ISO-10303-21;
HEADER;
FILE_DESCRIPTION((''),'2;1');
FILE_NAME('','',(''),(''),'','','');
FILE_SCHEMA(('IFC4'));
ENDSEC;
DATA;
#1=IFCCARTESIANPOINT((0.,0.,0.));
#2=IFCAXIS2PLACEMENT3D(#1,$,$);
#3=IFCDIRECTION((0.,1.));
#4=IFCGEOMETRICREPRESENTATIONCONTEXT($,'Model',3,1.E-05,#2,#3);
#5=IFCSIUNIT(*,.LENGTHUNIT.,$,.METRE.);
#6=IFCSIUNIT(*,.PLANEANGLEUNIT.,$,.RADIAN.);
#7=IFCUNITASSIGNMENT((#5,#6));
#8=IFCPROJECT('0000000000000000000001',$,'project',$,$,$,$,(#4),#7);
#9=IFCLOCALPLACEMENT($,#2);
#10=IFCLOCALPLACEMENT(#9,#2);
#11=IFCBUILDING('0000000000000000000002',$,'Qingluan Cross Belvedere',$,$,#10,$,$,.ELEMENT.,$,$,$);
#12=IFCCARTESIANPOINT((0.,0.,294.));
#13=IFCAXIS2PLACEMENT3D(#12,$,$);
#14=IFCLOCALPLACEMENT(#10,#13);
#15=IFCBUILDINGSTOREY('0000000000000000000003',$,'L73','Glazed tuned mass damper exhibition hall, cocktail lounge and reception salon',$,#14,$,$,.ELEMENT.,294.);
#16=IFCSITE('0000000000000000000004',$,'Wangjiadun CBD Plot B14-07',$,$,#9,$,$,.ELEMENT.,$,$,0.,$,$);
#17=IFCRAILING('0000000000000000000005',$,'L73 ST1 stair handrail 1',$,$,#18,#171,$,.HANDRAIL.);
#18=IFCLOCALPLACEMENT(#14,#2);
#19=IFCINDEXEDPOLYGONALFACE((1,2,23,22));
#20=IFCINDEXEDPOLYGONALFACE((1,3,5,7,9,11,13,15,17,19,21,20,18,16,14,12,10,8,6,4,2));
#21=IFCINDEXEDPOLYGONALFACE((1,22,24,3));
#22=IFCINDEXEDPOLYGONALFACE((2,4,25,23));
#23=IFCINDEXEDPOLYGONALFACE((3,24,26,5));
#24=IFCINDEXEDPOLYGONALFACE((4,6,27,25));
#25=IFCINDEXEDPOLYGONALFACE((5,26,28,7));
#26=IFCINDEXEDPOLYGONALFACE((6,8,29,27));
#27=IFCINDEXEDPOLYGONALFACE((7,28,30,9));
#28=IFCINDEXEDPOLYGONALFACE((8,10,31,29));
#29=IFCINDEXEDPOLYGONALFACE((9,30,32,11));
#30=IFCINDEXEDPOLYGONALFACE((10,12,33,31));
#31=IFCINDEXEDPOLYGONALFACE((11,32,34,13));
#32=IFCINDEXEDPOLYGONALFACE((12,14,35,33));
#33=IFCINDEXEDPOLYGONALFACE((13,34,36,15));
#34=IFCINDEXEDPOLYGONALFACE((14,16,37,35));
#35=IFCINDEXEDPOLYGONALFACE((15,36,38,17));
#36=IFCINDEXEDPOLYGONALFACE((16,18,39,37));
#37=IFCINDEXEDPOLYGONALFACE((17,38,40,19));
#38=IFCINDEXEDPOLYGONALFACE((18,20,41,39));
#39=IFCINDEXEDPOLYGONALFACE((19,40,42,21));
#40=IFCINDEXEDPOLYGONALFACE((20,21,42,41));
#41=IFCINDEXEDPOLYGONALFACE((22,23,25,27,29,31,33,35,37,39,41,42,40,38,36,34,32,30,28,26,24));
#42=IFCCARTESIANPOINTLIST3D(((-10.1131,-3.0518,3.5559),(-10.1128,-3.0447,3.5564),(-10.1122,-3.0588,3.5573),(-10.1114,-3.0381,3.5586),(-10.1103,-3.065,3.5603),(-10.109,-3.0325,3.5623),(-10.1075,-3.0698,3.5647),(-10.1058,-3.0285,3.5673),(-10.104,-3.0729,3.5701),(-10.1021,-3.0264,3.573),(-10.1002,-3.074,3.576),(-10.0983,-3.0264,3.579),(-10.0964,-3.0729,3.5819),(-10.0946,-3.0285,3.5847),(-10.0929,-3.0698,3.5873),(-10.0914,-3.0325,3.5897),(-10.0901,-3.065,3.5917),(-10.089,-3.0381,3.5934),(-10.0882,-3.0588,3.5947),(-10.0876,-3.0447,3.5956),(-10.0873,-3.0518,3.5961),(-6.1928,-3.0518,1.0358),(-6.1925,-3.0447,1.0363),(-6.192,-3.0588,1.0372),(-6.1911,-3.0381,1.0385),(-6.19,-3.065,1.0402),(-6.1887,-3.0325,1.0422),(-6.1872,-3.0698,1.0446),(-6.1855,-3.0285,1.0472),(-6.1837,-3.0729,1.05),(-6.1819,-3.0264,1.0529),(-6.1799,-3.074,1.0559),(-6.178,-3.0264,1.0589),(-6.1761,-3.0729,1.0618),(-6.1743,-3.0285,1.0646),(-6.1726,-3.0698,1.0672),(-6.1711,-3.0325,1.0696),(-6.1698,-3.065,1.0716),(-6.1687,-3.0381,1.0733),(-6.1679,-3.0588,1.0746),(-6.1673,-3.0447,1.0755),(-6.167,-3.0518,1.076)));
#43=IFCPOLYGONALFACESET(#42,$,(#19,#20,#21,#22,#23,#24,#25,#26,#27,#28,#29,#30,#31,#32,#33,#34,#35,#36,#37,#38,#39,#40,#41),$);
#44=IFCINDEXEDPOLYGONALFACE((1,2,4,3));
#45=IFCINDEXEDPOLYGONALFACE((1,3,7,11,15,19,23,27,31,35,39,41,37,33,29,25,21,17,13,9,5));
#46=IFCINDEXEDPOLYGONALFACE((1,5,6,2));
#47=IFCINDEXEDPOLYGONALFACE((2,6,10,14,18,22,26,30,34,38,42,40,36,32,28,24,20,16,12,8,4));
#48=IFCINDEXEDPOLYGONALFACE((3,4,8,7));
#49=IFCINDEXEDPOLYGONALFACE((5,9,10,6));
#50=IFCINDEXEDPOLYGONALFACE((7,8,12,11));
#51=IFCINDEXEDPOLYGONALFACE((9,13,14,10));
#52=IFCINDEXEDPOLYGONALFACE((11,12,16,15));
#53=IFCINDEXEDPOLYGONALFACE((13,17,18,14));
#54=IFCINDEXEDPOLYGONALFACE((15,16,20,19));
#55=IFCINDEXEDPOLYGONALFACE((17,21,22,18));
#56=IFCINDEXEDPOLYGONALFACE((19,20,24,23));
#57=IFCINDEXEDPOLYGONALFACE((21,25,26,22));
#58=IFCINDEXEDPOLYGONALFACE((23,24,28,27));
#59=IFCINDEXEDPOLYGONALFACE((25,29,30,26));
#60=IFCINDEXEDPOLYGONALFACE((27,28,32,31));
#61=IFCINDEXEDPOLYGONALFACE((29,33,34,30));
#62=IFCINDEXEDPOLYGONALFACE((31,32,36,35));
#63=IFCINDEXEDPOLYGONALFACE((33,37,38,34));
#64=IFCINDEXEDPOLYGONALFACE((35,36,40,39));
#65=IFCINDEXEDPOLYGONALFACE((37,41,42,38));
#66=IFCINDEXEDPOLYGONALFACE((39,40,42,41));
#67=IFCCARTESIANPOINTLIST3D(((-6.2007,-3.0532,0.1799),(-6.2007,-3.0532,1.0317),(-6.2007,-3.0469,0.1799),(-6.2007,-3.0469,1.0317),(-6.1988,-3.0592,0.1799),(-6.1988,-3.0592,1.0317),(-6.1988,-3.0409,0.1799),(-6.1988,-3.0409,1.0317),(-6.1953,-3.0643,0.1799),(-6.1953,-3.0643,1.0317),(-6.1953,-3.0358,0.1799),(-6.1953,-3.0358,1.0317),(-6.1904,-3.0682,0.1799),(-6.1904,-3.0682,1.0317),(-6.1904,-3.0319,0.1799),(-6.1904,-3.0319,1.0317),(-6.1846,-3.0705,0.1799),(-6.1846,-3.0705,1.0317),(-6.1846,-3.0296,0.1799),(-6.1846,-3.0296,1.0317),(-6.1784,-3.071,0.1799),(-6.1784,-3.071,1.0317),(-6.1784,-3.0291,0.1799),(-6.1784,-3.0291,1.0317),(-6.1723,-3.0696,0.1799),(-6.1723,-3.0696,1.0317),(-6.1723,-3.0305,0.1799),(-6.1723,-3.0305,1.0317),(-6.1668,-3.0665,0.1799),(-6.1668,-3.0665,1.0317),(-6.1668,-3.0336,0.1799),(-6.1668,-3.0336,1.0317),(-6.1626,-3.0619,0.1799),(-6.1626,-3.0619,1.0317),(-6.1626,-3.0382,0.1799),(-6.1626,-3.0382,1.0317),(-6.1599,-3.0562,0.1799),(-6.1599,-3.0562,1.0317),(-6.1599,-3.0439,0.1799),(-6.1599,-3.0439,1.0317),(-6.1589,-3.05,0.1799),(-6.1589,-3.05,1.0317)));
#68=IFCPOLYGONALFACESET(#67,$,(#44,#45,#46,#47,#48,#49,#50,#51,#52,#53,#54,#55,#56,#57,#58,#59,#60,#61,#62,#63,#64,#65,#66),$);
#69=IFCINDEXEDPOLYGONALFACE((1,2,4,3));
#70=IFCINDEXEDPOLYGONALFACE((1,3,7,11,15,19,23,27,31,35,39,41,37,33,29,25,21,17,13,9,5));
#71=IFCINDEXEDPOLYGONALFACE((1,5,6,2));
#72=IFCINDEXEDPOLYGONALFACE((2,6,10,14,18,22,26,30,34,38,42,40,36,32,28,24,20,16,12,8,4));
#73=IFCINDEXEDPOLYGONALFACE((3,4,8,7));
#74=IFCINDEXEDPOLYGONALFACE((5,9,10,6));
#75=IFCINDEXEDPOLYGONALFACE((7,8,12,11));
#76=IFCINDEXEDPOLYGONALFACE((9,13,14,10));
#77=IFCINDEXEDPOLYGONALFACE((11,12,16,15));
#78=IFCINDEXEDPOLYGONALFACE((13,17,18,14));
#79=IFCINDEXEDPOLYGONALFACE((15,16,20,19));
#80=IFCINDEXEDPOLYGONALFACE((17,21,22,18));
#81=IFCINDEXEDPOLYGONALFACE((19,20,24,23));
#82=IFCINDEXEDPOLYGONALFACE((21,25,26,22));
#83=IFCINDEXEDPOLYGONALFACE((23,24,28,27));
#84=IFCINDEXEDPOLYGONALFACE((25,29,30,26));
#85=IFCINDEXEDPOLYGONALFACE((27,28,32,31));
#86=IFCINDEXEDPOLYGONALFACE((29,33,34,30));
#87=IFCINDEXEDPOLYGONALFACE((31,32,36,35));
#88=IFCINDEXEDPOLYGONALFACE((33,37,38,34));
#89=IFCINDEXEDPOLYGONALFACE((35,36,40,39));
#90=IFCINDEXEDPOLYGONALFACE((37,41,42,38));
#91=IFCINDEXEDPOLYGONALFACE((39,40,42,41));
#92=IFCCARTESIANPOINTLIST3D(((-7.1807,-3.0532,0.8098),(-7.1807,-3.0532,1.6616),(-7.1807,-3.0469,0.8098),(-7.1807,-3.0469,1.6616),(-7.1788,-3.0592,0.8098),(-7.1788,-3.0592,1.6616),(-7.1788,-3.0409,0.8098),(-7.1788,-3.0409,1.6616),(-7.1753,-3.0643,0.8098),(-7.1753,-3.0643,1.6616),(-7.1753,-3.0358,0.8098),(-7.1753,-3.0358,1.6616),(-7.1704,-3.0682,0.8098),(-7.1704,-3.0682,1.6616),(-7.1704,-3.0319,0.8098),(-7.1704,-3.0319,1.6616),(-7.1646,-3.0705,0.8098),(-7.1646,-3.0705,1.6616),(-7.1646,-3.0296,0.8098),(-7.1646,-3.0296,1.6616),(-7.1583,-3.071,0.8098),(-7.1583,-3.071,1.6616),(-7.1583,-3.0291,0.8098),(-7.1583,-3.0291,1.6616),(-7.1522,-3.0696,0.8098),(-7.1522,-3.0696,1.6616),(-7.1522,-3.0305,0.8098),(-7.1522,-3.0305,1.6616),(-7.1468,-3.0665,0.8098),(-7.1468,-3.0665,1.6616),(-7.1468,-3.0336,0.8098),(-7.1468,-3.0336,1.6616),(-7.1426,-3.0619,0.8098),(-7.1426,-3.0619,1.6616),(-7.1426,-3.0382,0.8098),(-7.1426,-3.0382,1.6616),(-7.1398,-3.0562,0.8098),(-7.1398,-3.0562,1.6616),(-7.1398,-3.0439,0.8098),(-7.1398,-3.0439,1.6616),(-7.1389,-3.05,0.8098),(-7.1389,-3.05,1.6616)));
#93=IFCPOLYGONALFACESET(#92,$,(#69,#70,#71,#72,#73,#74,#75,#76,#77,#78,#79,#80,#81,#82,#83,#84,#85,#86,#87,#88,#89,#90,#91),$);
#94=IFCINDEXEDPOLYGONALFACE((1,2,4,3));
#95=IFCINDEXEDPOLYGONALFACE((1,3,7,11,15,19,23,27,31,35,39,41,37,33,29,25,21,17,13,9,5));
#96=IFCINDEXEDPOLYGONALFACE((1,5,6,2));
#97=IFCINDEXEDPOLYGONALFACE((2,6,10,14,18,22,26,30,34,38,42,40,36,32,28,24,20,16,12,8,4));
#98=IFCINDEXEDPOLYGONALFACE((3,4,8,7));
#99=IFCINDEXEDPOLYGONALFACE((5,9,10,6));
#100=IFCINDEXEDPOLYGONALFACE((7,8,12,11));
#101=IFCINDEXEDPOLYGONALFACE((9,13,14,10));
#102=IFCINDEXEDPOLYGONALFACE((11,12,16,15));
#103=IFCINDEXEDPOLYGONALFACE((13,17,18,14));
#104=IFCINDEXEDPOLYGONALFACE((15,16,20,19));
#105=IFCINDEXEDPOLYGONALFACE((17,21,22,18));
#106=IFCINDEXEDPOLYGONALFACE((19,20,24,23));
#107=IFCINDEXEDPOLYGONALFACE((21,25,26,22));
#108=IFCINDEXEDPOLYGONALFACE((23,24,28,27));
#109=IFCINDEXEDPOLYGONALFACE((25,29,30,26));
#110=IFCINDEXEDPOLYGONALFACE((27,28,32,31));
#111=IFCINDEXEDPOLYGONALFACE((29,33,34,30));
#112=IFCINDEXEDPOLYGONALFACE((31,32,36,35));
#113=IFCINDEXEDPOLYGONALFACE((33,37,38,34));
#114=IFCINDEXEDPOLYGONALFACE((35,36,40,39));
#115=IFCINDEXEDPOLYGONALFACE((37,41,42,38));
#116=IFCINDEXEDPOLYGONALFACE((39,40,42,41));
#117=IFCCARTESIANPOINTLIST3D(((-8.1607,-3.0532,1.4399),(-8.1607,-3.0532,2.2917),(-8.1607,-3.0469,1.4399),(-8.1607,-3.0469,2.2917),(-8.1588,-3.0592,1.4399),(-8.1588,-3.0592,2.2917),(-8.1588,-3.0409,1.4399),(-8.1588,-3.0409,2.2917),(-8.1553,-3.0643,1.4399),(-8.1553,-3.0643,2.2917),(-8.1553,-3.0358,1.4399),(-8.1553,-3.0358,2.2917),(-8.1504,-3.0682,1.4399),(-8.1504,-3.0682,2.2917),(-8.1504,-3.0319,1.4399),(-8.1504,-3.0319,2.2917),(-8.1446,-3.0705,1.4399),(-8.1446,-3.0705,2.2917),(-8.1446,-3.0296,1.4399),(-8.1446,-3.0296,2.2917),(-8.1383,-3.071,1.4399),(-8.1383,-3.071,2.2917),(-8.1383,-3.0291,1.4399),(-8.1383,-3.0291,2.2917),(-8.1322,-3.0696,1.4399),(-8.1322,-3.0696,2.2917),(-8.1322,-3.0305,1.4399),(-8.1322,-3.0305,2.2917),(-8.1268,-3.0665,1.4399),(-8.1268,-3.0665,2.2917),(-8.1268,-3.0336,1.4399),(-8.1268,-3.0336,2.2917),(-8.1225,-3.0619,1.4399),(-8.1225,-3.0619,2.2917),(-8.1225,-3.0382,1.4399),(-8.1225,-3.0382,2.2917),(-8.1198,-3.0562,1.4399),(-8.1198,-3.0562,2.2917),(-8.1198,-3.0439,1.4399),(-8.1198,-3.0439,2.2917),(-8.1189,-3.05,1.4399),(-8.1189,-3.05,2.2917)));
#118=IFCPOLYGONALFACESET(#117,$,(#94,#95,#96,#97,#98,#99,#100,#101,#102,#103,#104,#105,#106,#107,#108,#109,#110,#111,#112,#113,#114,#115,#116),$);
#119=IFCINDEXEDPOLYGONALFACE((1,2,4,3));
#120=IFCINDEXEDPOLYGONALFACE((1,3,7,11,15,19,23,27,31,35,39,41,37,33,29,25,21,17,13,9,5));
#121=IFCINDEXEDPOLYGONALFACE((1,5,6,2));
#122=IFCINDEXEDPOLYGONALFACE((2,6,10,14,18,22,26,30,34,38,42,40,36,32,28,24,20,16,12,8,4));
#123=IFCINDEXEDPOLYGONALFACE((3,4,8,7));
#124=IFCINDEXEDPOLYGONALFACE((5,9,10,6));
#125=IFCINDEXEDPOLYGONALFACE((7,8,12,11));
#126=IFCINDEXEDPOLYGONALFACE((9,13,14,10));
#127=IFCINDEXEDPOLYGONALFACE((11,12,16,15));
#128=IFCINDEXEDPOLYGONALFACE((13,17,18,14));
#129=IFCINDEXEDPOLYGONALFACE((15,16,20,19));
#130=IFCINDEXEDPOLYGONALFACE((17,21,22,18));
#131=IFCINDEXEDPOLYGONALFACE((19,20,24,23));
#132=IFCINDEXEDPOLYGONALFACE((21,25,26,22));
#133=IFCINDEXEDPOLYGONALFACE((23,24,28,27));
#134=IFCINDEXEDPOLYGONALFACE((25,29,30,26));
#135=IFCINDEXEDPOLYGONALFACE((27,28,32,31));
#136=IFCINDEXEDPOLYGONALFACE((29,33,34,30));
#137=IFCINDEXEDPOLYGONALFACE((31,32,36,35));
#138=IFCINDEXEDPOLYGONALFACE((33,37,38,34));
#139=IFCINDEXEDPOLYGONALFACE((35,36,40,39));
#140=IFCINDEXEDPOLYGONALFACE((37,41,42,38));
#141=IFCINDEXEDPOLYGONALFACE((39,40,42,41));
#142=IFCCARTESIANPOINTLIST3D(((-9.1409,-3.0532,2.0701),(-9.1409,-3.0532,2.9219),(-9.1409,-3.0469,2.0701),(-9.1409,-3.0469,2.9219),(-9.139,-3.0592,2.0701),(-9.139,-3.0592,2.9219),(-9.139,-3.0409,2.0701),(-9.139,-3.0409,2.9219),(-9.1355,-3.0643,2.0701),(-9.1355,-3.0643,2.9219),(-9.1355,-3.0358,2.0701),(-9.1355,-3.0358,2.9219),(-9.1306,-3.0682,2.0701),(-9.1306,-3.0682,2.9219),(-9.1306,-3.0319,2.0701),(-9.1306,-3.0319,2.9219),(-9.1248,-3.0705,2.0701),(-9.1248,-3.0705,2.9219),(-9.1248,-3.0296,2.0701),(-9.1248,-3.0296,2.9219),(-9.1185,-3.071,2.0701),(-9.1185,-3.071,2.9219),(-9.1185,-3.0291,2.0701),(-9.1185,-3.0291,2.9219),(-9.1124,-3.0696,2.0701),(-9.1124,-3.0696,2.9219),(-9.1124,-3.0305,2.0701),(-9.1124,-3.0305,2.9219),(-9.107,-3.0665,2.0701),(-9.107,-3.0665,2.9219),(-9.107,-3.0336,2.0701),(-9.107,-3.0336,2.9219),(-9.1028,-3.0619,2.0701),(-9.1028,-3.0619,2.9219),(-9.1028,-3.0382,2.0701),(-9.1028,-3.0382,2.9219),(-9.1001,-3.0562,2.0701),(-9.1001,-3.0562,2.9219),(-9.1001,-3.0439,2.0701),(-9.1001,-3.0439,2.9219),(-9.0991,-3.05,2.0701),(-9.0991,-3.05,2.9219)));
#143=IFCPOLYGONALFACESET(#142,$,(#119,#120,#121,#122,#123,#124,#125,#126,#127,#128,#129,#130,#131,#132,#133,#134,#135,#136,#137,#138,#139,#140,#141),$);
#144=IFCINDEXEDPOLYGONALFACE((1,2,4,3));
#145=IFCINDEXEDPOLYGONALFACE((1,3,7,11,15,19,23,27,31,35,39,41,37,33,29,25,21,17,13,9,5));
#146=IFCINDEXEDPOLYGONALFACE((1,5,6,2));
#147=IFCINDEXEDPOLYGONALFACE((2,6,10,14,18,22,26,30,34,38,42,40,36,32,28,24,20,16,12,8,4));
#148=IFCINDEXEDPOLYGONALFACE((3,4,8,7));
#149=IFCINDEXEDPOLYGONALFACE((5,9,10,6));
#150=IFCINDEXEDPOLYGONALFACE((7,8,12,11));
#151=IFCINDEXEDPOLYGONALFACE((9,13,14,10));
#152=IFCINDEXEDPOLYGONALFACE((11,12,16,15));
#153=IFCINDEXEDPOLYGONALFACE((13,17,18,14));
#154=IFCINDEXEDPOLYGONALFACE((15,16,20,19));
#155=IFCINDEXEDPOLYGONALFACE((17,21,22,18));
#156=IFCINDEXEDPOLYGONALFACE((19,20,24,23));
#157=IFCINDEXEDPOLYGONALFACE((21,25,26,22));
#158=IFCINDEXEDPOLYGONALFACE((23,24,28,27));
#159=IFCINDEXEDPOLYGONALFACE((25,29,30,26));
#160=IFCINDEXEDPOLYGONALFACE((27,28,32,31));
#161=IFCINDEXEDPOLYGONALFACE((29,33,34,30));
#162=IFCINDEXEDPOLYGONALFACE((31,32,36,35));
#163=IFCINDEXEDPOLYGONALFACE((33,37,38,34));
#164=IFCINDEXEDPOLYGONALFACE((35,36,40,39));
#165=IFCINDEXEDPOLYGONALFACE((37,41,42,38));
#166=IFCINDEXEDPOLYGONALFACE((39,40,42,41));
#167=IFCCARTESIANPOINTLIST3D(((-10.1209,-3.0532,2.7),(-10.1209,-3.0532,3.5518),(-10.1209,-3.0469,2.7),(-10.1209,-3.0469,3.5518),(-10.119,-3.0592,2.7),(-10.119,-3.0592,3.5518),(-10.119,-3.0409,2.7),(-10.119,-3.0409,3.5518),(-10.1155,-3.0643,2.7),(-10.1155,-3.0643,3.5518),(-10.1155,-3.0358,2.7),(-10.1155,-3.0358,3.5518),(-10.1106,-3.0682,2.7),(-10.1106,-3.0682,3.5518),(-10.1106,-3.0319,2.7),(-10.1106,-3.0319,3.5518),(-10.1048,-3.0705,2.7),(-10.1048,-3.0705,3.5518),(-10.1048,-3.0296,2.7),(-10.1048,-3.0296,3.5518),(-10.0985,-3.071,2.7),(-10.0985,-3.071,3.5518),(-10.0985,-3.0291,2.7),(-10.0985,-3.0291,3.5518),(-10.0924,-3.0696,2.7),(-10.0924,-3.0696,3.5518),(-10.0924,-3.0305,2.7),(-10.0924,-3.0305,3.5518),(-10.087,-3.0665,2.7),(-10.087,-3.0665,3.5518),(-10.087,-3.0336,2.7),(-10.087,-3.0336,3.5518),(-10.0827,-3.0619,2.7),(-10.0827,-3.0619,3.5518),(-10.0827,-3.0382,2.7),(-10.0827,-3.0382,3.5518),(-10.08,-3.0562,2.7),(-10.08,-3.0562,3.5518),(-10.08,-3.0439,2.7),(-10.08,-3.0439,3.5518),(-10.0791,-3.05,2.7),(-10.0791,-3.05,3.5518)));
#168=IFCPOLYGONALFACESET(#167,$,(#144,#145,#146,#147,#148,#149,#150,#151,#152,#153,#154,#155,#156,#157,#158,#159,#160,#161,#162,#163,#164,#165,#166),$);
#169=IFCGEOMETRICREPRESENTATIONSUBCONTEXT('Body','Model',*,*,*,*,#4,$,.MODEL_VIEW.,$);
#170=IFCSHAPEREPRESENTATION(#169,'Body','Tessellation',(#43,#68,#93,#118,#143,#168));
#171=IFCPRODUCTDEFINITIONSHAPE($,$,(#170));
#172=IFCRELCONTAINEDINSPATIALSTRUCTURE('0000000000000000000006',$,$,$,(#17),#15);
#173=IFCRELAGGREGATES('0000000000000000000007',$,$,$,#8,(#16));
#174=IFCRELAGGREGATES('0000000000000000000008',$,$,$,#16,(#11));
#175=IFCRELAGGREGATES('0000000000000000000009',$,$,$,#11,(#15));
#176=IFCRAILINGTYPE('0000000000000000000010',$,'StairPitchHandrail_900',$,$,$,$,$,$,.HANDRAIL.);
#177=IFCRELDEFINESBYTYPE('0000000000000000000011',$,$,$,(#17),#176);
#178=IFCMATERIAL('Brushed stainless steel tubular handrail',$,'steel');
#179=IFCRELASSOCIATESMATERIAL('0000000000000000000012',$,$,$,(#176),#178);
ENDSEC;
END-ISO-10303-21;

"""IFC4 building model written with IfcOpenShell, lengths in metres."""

from ifc_helpers import new_model, si_unit, direction, frame, origin, origin_2d, place, context, subcontext, project, spatial, circle, extrude, material, type_object, element, save


model = new_model("IFC4")

# Units and contexts
model_context = context("Model", 3, precision=1e-05, world=origin(), true_north=direction((0.0, 1.0)))
body_context = subcontext(model_context, "Body", "Model", "MODEL_VIEW")
ifc_project = project(units=[si_unit("LENGTHUNIT", "METRE"), si_unit("PLANEANGLEUNIT", "RADIAN")], contexts=[model_context])

# Site, building, storey
site_placement = place(None, origin())
site = spatial("IfcSite", under=ifc_project, at=site_placement, Name="Wangjiadun CBD Plot B14-07", CompositionType="ELEMENT", RefElevation=0.0)
building_placement = place(site_placement, origin())
building = spatial("IfcBuilding", under=site, at=building_placement, Name="Qingluan Cross Belvedere", CompositionType="ELEMENT")
storey_placement = place(building_placement, frame((0.0, 0.0, 294.0)))
storey = spatial("IfcBuildingStorey", under=building, at=storey_placement, Name="L73", Description="Glazed tuned mass damper exhibition hall, cocktail lounge and reception salon", CompositionType="ELEMENT", Elevation=294.0)

# Railing
ifc_material_1 = material(Name="Brushed stainless steel tubular handrail", Category="steel")
railing_type_1 = type_object("IfcRailingType", Name="StairPitchHandrail_900", PredefinedType="HANDRAIL", material=ifc_material_1)
railing_1_placement = place(storey_placement, frame((-6.1799, -3.05, 0.1799)))
element("IfcRailing", 1, at=railing_1_placement, inside=storey, type_object=railing_type_1, Name="L73 ST1 stair handrail 1", PredefinedType="HANDRAIL", context=body_context, shape_type="SweptSolid", body=[
    extrude(circle(Radius=0.0239, at=origin_2d()), frame((0.0, 0.0, 0.876), z_axis=(-0.841187, 0.0, 0.540744), x_axis=(0.0, -1.0, 0.0)), (0.0, 0.0, 1.0), 4.6604),
    extrude(circle(Radius=0.021, at=origin_2d()), origin(), (0.0, 0.0, 1.0), 0.8518),
    extrude(circle(Radius=0.021, at=origin_2d()), frame((-0.98, 0.0, 0.6299)), (0.0, 0.0, 1.0), 0.8518),
    extrude(circle(Radius=0.021, at=origin_2d()), frame((-1.96, 0.0, 1.26)), (0.0, 0.0, 1.0), 0.8518),
    extrude(circle(Radius=0.021, at=origin_2d()), frame((-2.9402, 0.0, 1.8901)), (0.0, 0.0, 1.0), 0.8518),
    extrude(circle(Radius=0.021, at=origin_2d()), frame((-3.9202, 0.0, 2.52)), (0.0, 0.0, 1.0), 0.8518),
])

save(model, "model.ifc")
